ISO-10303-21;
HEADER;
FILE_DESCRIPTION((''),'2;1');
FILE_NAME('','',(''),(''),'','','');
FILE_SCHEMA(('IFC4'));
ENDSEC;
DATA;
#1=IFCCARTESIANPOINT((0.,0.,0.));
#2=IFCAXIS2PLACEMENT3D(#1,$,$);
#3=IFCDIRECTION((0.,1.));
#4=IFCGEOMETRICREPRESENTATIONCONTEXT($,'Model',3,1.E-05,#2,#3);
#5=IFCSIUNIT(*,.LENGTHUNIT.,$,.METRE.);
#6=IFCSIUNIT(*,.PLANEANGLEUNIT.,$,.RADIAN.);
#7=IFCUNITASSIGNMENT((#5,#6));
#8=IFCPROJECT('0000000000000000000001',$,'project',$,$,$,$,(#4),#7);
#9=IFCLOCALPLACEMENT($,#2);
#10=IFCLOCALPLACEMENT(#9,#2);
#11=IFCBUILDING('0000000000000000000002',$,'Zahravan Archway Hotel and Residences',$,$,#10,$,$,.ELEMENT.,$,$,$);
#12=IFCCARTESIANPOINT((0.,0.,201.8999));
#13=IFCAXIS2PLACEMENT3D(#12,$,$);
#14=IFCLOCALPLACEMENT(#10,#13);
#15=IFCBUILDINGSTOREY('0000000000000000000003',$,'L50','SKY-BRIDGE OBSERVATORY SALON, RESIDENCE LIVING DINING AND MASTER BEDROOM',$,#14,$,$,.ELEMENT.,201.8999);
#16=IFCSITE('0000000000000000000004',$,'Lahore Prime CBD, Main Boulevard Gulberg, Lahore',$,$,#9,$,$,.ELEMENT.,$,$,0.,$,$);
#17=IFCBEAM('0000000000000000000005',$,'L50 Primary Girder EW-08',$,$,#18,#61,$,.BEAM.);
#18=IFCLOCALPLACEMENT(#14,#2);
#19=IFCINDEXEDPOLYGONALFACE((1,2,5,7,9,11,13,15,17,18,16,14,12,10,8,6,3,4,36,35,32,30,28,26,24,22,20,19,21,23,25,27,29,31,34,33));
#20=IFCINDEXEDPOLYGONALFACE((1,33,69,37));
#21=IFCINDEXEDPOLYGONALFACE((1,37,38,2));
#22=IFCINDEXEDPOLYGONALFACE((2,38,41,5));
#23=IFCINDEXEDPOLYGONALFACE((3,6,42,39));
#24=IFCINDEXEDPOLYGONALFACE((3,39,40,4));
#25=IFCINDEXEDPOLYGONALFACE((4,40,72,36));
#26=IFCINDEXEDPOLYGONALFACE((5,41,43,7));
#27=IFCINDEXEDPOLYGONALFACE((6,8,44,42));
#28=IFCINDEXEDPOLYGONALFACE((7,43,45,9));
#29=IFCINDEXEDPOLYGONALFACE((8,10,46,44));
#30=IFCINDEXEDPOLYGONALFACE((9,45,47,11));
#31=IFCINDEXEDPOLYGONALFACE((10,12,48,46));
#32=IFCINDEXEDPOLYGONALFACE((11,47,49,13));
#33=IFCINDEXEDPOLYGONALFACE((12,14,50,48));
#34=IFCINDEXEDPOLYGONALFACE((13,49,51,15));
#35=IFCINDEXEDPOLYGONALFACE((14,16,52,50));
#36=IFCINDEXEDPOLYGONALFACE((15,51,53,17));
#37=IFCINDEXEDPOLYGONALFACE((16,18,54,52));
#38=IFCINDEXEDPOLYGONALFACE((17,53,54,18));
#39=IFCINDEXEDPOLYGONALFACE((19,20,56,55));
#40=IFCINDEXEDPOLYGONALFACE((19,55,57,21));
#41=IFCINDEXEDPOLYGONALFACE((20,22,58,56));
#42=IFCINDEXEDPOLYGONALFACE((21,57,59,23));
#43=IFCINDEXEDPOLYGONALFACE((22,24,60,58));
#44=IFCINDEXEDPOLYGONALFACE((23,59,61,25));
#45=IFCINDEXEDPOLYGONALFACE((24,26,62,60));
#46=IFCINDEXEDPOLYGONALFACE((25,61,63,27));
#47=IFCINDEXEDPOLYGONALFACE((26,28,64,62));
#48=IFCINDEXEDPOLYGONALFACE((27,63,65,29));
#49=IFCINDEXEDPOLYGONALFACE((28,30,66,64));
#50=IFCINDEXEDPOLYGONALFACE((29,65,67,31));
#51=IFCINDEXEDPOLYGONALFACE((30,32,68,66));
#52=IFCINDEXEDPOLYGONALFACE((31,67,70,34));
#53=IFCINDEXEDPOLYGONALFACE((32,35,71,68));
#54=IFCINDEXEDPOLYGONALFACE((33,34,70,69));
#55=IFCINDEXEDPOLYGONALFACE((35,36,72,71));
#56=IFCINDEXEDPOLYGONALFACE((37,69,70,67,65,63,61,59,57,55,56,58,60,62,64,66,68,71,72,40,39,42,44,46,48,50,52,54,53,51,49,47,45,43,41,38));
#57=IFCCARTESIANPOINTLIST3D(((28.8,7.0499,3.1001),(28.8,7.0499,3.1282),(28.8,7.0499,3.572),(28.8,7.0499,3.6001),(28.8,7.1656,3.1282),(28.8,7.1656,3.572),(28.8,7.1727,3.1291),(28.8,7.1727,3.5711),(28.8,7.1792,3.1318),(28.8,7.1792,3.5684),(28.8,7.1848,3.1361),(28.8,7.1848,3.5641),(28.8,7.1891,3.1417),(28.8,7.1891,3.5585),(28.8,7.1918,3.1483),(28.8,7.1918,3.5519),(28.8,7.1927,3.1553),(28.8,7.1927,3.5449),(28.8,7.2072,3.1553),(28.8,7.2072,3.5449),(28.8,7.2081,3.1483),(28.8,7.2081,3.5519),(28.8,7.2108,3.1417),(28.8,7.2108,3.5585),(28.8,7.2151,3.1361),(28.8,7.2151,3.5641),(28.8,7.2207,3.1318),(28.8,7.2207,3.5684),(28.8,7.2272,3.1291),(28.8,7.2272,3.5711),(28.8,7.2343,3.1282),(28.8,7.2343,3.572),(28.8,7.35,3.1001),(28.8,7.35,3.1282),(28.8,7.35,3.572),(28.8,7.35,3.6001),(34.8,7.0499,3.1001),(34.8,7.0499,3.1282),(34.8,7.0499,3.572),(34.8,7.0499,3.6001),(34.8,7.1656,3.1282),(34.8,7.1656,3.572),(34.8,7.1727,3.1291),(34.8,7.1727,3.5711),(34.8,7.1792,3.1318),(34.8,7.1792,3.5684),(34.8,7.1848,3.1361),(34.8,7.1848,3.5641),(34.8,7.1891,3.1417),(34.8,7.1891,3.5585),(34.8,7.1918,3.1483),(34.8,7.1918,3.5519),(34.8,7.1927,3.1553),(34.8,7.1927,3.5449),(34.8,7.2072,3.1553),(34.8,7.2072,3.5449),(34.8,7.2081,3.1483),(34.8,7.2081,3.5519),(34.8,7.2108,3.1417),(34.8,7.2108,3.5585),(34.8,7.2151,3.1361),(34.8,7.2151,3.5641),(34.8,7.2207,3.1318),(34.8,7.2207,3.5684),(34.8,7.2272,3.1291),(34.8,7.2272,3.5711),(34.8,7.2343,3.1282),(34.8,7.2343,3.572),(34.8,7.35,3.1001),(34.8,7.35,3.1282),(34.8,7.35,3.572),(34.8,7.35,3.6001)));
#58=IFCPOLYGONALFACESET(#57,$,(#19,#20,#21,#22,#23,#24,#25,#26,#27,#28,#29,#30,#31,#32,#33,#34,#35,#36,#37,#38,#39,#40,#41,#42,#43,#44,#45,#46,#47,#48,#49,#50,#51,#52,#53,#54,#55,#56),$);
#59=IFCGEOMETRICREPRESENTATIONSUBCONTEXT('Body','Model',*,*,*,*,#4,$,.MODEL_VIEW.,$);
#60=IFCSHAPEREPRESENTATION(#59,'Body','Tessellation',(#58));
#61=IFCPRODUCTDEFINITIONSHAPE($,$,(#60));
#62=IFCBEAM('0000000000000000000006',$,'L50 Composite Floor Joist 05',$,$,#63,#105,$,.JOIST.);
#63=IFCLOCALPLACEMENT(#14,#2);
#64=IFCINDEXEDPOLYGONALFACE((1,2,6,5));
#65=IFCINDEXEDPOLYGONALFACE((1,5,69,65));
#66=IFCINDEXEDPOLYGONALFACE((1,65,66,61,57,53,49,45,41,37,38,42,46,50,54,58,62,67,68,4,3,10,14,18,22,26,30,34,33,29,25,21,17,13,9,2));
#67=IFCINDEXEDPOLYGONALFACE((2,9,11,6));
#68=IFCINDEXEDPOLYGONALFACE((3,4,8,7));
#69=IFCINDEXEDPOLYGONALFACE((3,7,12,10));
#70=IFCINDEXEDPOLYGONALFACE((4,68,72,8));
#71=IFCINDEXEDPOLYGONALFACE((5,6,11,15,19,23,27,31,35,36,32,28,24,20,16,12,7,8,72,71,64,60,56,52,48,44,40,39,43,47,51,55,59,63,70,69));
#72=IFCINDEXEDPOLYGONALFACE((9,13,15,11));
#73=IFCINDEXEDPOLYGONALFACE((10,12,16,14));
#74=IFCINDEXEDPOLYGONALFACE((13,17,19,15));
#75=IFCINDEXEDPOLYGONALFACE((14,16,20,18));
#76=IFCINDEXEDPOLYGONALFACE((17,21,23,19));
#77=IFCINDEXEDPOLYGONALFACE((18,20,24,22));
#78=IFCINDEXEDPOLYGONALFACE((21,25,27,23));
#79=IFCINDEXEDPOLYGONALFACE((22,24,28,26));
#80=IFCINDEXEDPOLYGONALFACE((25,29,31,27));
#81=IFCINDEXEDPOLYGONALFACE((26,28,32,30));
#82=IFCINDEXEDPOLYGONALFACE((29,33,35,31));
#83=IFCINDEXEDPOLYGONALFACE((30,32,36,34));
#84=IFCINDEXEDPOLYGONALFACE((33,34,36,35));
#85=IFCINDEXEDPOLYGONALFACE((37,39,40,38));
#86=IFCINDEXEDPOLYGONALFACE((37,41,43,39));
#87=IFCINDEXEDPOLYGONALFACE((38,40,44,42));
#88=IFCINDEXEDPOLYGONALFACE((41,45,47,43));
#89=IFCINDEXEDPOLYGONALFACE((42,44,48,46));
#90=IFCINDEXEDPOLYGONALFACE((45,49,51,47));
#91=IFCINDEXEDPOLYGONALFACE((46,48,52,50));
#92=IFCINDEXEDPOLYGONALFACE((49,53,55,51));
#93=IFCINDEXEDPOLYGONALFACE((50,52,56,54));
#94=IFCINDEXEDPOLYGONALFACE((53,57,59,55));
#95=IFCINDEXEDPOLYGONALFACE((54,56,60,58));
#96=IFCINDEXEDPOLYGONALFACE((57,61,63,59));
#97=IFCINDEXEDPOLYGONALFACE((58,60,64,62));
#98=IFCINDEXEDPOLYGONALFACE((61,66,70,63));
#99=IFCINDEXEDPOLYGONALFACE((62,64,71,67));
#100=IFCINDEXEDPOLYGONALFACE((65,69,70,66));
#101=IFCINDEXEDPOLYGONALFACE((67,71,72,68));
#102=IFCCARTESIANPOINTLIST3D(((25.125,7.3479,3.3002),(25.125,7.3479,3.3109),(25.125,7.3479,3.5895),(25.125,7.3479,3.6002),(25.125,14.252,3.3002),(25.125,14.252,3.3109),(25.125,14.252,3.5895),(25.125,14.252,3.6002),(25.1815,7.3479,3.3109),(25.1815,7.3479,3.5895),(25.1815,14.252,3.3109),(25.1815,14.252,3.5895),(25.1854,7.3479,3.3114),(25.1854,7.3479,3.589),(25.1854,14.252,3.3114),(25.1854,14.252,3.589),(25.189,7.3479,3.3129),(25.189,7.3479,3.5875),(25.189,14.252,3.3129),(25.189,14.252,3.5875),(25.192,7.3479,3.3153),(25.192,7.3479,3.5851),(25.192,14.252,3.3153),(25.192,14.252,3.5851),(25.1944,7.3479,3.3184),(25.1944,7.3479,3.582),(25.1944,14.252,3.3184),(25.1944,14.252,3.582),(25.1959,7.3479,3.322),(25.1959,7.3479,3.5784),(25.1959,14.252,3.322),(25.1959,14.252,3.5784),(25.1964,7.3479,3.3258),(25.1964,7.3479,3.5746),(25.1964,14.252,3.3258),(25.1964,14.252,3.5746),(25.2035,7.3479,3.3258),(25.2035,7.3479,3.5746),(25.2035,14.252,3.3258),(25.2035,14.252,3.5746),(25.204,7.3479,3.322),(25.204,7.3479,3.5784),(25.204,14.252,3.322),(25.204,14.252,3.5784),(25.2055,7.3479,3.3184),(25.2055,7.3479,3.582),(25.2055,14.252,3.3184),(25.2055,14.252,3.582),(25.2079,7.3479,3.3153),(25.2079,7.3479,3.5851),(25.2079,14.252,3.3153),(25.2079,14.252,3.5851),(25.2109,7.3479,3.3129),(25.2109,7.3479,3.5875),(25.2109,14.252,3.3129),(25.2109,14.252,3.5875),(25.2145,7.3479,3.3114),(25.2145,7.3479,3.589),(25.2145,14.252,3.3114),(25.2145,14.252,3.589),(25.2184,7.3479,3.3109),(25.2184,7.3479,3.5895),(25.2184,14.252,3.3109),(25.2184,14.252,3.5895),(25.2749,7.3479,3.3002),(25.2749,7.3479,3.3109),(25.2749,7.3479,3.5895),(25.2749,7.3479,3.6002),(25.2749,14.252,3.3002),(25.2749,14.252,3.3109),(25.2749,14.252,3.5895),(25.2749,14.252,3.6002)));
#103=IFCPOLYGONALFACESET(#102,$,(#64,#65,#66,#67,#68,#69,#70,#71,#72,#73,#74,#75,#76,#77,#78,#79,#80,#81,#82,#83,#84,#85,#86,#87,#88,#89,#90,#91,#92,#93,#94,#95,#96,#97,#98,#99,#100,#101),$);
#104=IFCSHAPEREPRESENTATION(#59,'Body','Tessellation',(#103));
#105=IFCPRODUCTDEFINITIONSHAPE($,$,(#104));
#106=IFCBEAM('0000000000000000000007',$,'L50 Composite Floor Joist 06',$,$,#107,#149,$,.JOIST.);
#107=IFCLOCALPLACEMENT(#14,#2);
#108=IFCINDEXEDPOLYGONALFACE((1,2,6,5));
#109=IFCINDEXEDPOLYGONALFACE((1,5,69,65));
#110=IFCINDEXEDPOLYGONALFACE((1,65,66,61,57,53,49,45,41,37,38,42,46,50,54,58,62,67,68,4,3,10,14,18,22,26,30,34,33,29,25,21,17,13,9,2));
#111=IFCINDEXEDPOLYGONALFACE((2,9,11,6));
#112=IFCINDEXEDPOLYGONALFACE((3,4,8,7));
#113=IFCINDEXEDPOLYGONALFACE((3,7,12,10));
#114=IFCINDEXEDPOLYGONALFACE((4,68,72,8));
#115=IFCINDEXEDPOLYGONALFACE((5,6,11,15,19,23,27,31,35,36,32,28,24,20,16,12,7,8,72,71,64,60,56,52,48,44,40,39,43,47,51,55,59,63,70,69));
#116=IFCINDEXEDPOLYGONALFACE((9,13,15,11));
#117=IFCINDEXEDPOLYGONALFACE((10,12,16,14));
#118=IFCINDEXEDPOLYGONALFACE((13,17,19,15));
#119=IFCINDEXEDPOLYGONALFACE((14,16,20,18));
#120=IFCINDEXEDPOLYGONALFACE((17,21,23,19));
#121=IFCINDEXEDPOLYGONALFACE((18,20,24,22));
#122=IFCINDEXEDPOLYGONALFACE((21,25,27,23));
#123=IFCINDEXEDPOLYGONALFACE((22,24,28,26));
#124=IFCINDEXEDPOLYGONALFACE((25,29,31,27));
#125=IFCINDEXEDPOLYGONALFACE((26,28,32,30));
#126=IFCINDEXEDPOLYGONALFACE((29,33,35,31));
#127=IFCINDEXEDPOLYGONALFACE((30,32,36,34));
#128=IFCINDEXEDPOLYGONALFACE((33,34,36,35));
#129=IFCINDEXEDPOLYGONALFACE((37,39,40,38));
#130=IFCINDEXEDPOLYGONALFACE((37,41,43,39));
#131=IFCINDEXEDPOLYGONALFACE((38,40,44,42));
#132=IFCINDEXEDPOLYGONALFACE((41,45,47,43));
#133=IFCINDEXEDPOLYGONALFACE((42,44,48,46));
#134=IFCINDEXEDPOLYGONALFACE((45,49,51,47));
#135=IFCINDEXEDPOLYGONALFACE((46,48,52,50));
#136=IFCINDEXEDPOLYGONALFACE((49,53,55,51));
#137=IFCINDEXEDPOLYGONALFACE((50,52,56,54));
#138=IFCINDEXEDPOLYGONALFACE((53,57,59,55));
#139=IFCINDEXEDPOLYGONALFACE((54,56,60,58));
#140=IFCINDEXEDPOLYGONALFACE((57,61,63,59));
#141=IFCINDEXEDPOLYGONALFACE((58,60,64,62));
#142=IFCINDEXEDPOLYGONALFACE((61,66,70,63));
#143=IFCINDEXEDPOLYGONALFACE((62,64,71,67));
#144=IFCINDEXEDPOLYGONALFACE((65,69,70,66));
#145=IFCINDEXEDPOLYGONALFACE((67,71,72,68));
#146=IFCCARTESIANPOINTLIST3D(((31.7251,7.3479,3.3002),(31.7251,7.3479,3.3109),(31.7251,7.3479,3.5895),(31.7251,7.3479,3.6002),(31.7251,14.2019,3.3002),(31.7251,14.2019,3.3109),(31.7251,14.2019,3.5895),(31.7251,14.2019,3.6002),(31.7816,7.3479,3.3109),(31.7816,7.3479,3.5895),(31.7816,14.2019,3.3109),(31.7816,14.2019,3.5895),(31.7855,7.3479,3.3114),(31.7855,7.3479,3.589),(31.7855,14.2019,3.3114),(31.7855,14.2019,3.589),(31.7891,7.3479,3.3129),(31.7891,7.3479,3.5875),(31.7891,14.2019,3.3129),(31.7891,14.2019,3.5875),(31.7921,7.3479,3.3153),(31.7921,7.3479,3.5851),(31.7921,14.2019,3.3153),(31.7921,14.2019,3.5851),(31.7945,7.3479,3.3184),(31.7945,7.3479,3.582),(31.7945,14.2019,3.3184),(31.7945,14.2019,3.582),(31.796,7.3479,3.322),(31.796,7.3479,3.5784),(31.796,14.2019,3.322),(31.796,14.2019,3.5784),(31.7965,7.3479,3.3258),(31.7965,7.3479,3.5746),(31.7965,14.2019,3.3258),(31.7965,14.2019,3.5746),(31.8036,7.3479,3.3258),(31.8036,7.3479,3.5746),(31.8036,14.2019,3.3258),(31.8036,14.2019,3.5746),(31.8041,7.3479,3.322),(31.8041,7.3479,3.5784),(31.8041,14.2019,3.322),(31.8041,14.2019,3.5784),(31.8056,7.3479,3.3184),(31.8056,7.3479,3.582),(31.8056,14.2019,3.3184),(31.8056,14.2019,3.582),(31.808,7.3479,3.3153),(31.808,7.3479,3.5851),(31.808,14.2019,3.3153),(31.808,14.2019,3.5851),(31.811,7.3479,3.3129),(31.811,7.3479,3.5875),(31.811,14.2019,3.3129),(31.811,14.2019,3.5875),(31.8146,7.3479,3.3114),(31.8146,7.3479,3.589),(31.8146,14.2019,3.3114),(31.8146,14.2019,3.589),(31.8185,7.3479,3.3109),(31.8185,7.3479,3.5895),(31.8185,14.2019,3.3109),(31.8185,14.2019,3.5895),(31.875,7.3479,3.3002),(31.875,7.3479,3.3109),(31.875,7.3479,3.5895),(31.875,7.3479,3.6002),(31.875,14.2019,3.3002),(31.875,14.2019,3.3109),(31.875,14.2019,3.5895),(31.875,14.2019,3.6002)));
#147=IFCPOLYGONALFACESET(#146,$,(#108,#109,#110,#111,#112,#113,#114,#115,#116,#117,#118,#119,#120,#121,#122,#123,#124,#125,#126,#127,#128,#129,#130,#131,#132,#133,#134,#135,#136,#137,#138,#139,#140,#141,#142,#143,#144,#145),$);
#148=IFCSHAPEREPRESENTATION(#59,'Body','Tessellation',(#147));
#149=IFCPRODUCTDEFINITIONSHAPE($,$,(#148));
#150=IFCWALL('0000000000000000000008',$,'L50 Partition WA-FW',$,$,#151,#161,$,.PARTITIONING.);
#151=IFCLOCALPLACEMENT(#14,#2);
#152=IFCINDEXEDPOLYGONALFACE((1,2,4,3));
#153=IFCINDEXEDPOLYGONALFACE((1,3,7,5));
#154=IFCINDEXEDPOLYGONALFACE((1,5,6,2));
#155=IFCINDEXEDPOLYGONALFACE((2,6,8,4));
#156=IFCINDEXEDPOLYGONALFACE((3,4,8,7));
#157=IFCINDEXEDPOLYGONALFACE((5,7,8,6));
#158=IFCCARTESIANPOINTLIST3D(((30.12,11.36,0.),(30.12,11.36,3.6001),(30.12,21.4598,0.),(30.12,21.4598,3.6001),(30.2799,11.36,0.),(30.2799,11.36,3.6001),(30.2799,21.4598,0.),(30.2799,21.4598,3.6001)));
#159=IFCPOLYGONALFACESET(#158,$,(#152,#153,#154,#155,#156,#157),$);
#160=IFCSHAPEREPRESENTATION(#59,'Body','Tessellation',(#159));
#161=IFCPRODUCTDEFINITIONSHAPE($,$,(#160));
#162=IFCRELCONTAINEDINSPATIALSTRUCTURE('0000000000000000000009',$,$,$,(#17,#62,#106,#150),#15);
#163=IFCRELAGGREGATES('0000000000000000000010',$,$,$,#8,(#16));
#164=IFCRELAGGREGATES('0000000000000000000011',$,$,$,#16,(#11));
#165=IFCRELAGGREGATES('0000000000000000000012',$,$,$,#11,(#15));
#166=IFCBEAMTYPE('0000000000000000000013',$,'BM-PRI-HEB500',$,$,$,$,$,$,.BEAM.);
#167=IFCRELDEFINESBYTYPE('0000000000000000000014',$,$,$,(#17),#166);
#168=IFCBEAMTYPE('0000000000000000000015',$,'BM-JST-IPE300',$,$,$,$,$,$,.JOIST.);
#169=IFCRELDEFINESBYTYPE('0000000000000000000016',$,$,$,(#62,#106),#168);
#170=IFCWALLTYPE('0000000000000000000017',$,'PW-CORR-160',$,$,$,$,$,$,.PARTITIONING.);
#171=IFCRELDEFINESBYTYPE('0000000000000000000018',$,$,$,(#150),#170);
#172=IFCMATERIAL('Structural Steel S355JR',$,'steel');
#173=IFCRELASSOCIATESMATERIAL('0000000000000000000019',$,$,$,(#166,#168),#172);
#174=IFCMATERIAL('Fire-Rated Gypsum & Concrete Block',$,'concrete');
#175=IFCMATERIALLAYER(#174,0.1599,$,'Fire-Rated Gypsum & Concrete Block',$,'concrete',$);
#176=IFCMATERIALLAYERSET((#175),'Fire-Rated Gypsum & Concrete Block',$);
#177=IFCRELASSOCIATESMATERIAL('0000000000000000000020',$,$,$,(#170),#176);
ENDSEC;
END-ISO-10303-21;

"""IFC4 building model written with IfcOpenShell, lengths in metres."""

from ifc_helpers import new_model, si_unit, direction, frame, frame_2d, origin, origin_2d, place, context, subcontext, project, spatial, rectangle, i_section, extrude, source, transform, mapped, material, layer, layer_set, material_profile, profile_set, type_object, type_shapes, element, save


model = new_model("IFC4")

# Units and contexts
model_context = context("Model", 3, precision=1e-05, world=origin(), true_north=direction((0.0, 1.0)))
body_context = subcontext(model_context, "Body", "Model", "MODEL_VIEW")
ifc_project = project(units=[si_unit("LENGTHUNIT", "METRE"), si_unit("PLANEANGLEUNIT", "RADIAN")], contexts=[model_context])

# Site, building, storey
site_placement = place(None, origin())
site = spatial("IfcSite", under=ifc_project, at=site_placement, Name="Lahore Prime CBD, Main Boulevard Gulberg, Lahore", CompositionType="ELEMENT", RefElevation=0.0)
building_placement = place(site_placement, origin())
building = spatial("IfcBuilding", under=site, at=building_placement, Name="Zahravan Archway Hotel and Residences", CompositionType="ELEMENT")
storey_placement = place(building_placement, frame((0.0, 0.0, 201.8999)))
storey = spatial("IfcBuildingStorey", under=building, at=storey_placement, Name="L50", Description="SKY-BRIDGE OBSERVATORY SALON, RESIDENCE LIVING DINING AND MASTER BEDROOM", CompositionType="ELEMENT", Elevation=201.8999)

# Beams
ifc_material_1 = material(Name="Structural Steel S355JR", Category="steel")
ifc_material_profile_1 = material_profile(ifc_material_1, i_section(OverallWidth=0.3, OverallDepth=0.5, WebThickness=0.0144, FlangeThickness=0.0281, FilletRadius=0.0271, at=origin_2d()), Name="HEB 500", Category="steel")
ifc_profile_set_1 = profile_set([ifc_material_profile_1], Name="Structural Steel S355JR")
beam_type_1 = type_object("IfcBeamType", Name="BM-PRI-HEB500", PredefinedType="BEAM", material=ifc_profile_set_1)
shared_shape_1 = source(origin(), body_context, "Body", "SweptSolid", [
    extrude(i_section(OverallWidth=0.3, OverallDepth=0.5, WebThickness=0.0144, FlangeThickness=0.0281, FilletRadius=0.0271, at=origin_2d()), origin(), (0.0, 0.0, 1.0), 6.0),
])
beam_1_placement = place(storey_placement, frame((28.8, 7.2, 3.3501), z_axis=(1.0, 0.0, 0.0), x_axis=(0.0, 1.0, 0.0)))
element("IfcBeam", 1, at=beam_1_placement, inside=storey, type_object=beam_type_1, Name="L50 Primary Girder EW-08", PredefinedType="BEAM", context=body_context, shape_type="MappedRepresentation", body=[
    mapped(shared_shape_1, transform((0.0, 0.0, 0.0), scale=1.0)),
])
ifc_material_profile_2 = material_profile(ifc_material_1, i_section(OverallWidth=0.1499, OverallDepth=0.3, WebThickness=0.0071, FlangeThickness=0.0107, FilletRadius=0.0149, at=origin_2d()), Name="IPE 300", Category="steel")
ifc_profile_set_2 = profile_set([ifc_material_profile_2], Name="Structural Steel S355JR")
beam_type_2 = type_object("IfcBeamType", Name="BM-JST-IPE300", PredefinedType="JOIST", material=ifc_profile_set_2)
shared_shape_2 = source(origin(), body_context, "Body", "SweptSolid", [
    extrude(i_section(OverallWidth=0.1499, OverallDepth=0.3, WebThickness=0.0071, FlangeThickness=0.0107, FilletRadius=0.0149, at=origin_2d()), origin(), (0.0, 0.0, 1.0), 6.9041),
])
type_shapes(beam_type_2, [shared_shape_2])
beam_2_placement = place(storey_placement, frame((25.2, 7.3479, 3.4502), z_axis=(0.0, 1.0, 0.0), x_axis=(-1.0, 0.0, 0.0)))
element("IfcBeam", 2, at=beam_2_placement, inside=storey, type_object=beam_type_2, Name="L50 Composite Floor Joist 05", PredefinedType="JOIST", context=body_context, shape_type="MappedRepresentation", body=[
    mapped(shared_shape_2, transform((0.0, 0.0, 0.0), scale=1.0)),
])
shared_shape_3 = source(origin(), body_context, "Body", "SweptSolid", [
    extrude(i_section(OverallWidth=0.1499, OverallDepth=0.3, WebThickness=0.0071, FlangeThickness=0.0107, FilletRadius=0.0149, at=origin_2d()), origin(), (0.0, 0.0, 1.0), 6.854),
])
beam_3_placement = place(storey_placement, frame((31.8, 7.3479, 3.4502), z_axis=(0.0, 1.0, 0.0), x_axis=(-1.0, 0.0, 0.0)))
element("IfcBeam", 3, at=beam_3_placement, inside=storey, type_object=beam_type_2, Name="L50 Composite Floor Joist 06", PredefinedType="JOIST", context=body_context, shape_type="MappedRepresentation", body=[
    mapped(shared_shape_3, transform((0.0, 0.0, 0.0), scale=1.0)),
])

# Wall
ifc_material_2 = material(Name="Fire-Rated Gypsum & Concrete Block", Category="concrete")
ifc_layer_1 = layer(ifc_material_2, 0.1599, Name="Fire-Rated Gypsum & Concrete Block", Category="concrete")
ifc_layer_set_1 = layer_set([ifc_layer_1], Name="Fire-Rated Gypsum & Concrete Block")
wall_type_1 = type_object("IfcWallType", Name="PW-CORR-160", PredefinedType="PARTITIONING", material=ifc_layer_set_1)
wall_1_placement = place(storey_placement, frame((30.2, 11.3601, 0.0), z_axis=(0.0, 0.0, 1.0), x_axis=(0.0, 1.0, 0.0)))
element("IfcWall", 4, at=wall_1_placement, inside=storey, type_object=wall_type_1, Name="L50 Partition WA-FW", PredefinedType="PARTITIONING", context=body_context, shape_type="SweptSolid", body=[
    extrude(rectangle(XDim=10.0999, YDim=0.1599, at=frame_2d((5.0498, 0.0))), origin(), (0.0, 0.0, 1.0), 3.6001),
])

save(model, "model.ifc")
